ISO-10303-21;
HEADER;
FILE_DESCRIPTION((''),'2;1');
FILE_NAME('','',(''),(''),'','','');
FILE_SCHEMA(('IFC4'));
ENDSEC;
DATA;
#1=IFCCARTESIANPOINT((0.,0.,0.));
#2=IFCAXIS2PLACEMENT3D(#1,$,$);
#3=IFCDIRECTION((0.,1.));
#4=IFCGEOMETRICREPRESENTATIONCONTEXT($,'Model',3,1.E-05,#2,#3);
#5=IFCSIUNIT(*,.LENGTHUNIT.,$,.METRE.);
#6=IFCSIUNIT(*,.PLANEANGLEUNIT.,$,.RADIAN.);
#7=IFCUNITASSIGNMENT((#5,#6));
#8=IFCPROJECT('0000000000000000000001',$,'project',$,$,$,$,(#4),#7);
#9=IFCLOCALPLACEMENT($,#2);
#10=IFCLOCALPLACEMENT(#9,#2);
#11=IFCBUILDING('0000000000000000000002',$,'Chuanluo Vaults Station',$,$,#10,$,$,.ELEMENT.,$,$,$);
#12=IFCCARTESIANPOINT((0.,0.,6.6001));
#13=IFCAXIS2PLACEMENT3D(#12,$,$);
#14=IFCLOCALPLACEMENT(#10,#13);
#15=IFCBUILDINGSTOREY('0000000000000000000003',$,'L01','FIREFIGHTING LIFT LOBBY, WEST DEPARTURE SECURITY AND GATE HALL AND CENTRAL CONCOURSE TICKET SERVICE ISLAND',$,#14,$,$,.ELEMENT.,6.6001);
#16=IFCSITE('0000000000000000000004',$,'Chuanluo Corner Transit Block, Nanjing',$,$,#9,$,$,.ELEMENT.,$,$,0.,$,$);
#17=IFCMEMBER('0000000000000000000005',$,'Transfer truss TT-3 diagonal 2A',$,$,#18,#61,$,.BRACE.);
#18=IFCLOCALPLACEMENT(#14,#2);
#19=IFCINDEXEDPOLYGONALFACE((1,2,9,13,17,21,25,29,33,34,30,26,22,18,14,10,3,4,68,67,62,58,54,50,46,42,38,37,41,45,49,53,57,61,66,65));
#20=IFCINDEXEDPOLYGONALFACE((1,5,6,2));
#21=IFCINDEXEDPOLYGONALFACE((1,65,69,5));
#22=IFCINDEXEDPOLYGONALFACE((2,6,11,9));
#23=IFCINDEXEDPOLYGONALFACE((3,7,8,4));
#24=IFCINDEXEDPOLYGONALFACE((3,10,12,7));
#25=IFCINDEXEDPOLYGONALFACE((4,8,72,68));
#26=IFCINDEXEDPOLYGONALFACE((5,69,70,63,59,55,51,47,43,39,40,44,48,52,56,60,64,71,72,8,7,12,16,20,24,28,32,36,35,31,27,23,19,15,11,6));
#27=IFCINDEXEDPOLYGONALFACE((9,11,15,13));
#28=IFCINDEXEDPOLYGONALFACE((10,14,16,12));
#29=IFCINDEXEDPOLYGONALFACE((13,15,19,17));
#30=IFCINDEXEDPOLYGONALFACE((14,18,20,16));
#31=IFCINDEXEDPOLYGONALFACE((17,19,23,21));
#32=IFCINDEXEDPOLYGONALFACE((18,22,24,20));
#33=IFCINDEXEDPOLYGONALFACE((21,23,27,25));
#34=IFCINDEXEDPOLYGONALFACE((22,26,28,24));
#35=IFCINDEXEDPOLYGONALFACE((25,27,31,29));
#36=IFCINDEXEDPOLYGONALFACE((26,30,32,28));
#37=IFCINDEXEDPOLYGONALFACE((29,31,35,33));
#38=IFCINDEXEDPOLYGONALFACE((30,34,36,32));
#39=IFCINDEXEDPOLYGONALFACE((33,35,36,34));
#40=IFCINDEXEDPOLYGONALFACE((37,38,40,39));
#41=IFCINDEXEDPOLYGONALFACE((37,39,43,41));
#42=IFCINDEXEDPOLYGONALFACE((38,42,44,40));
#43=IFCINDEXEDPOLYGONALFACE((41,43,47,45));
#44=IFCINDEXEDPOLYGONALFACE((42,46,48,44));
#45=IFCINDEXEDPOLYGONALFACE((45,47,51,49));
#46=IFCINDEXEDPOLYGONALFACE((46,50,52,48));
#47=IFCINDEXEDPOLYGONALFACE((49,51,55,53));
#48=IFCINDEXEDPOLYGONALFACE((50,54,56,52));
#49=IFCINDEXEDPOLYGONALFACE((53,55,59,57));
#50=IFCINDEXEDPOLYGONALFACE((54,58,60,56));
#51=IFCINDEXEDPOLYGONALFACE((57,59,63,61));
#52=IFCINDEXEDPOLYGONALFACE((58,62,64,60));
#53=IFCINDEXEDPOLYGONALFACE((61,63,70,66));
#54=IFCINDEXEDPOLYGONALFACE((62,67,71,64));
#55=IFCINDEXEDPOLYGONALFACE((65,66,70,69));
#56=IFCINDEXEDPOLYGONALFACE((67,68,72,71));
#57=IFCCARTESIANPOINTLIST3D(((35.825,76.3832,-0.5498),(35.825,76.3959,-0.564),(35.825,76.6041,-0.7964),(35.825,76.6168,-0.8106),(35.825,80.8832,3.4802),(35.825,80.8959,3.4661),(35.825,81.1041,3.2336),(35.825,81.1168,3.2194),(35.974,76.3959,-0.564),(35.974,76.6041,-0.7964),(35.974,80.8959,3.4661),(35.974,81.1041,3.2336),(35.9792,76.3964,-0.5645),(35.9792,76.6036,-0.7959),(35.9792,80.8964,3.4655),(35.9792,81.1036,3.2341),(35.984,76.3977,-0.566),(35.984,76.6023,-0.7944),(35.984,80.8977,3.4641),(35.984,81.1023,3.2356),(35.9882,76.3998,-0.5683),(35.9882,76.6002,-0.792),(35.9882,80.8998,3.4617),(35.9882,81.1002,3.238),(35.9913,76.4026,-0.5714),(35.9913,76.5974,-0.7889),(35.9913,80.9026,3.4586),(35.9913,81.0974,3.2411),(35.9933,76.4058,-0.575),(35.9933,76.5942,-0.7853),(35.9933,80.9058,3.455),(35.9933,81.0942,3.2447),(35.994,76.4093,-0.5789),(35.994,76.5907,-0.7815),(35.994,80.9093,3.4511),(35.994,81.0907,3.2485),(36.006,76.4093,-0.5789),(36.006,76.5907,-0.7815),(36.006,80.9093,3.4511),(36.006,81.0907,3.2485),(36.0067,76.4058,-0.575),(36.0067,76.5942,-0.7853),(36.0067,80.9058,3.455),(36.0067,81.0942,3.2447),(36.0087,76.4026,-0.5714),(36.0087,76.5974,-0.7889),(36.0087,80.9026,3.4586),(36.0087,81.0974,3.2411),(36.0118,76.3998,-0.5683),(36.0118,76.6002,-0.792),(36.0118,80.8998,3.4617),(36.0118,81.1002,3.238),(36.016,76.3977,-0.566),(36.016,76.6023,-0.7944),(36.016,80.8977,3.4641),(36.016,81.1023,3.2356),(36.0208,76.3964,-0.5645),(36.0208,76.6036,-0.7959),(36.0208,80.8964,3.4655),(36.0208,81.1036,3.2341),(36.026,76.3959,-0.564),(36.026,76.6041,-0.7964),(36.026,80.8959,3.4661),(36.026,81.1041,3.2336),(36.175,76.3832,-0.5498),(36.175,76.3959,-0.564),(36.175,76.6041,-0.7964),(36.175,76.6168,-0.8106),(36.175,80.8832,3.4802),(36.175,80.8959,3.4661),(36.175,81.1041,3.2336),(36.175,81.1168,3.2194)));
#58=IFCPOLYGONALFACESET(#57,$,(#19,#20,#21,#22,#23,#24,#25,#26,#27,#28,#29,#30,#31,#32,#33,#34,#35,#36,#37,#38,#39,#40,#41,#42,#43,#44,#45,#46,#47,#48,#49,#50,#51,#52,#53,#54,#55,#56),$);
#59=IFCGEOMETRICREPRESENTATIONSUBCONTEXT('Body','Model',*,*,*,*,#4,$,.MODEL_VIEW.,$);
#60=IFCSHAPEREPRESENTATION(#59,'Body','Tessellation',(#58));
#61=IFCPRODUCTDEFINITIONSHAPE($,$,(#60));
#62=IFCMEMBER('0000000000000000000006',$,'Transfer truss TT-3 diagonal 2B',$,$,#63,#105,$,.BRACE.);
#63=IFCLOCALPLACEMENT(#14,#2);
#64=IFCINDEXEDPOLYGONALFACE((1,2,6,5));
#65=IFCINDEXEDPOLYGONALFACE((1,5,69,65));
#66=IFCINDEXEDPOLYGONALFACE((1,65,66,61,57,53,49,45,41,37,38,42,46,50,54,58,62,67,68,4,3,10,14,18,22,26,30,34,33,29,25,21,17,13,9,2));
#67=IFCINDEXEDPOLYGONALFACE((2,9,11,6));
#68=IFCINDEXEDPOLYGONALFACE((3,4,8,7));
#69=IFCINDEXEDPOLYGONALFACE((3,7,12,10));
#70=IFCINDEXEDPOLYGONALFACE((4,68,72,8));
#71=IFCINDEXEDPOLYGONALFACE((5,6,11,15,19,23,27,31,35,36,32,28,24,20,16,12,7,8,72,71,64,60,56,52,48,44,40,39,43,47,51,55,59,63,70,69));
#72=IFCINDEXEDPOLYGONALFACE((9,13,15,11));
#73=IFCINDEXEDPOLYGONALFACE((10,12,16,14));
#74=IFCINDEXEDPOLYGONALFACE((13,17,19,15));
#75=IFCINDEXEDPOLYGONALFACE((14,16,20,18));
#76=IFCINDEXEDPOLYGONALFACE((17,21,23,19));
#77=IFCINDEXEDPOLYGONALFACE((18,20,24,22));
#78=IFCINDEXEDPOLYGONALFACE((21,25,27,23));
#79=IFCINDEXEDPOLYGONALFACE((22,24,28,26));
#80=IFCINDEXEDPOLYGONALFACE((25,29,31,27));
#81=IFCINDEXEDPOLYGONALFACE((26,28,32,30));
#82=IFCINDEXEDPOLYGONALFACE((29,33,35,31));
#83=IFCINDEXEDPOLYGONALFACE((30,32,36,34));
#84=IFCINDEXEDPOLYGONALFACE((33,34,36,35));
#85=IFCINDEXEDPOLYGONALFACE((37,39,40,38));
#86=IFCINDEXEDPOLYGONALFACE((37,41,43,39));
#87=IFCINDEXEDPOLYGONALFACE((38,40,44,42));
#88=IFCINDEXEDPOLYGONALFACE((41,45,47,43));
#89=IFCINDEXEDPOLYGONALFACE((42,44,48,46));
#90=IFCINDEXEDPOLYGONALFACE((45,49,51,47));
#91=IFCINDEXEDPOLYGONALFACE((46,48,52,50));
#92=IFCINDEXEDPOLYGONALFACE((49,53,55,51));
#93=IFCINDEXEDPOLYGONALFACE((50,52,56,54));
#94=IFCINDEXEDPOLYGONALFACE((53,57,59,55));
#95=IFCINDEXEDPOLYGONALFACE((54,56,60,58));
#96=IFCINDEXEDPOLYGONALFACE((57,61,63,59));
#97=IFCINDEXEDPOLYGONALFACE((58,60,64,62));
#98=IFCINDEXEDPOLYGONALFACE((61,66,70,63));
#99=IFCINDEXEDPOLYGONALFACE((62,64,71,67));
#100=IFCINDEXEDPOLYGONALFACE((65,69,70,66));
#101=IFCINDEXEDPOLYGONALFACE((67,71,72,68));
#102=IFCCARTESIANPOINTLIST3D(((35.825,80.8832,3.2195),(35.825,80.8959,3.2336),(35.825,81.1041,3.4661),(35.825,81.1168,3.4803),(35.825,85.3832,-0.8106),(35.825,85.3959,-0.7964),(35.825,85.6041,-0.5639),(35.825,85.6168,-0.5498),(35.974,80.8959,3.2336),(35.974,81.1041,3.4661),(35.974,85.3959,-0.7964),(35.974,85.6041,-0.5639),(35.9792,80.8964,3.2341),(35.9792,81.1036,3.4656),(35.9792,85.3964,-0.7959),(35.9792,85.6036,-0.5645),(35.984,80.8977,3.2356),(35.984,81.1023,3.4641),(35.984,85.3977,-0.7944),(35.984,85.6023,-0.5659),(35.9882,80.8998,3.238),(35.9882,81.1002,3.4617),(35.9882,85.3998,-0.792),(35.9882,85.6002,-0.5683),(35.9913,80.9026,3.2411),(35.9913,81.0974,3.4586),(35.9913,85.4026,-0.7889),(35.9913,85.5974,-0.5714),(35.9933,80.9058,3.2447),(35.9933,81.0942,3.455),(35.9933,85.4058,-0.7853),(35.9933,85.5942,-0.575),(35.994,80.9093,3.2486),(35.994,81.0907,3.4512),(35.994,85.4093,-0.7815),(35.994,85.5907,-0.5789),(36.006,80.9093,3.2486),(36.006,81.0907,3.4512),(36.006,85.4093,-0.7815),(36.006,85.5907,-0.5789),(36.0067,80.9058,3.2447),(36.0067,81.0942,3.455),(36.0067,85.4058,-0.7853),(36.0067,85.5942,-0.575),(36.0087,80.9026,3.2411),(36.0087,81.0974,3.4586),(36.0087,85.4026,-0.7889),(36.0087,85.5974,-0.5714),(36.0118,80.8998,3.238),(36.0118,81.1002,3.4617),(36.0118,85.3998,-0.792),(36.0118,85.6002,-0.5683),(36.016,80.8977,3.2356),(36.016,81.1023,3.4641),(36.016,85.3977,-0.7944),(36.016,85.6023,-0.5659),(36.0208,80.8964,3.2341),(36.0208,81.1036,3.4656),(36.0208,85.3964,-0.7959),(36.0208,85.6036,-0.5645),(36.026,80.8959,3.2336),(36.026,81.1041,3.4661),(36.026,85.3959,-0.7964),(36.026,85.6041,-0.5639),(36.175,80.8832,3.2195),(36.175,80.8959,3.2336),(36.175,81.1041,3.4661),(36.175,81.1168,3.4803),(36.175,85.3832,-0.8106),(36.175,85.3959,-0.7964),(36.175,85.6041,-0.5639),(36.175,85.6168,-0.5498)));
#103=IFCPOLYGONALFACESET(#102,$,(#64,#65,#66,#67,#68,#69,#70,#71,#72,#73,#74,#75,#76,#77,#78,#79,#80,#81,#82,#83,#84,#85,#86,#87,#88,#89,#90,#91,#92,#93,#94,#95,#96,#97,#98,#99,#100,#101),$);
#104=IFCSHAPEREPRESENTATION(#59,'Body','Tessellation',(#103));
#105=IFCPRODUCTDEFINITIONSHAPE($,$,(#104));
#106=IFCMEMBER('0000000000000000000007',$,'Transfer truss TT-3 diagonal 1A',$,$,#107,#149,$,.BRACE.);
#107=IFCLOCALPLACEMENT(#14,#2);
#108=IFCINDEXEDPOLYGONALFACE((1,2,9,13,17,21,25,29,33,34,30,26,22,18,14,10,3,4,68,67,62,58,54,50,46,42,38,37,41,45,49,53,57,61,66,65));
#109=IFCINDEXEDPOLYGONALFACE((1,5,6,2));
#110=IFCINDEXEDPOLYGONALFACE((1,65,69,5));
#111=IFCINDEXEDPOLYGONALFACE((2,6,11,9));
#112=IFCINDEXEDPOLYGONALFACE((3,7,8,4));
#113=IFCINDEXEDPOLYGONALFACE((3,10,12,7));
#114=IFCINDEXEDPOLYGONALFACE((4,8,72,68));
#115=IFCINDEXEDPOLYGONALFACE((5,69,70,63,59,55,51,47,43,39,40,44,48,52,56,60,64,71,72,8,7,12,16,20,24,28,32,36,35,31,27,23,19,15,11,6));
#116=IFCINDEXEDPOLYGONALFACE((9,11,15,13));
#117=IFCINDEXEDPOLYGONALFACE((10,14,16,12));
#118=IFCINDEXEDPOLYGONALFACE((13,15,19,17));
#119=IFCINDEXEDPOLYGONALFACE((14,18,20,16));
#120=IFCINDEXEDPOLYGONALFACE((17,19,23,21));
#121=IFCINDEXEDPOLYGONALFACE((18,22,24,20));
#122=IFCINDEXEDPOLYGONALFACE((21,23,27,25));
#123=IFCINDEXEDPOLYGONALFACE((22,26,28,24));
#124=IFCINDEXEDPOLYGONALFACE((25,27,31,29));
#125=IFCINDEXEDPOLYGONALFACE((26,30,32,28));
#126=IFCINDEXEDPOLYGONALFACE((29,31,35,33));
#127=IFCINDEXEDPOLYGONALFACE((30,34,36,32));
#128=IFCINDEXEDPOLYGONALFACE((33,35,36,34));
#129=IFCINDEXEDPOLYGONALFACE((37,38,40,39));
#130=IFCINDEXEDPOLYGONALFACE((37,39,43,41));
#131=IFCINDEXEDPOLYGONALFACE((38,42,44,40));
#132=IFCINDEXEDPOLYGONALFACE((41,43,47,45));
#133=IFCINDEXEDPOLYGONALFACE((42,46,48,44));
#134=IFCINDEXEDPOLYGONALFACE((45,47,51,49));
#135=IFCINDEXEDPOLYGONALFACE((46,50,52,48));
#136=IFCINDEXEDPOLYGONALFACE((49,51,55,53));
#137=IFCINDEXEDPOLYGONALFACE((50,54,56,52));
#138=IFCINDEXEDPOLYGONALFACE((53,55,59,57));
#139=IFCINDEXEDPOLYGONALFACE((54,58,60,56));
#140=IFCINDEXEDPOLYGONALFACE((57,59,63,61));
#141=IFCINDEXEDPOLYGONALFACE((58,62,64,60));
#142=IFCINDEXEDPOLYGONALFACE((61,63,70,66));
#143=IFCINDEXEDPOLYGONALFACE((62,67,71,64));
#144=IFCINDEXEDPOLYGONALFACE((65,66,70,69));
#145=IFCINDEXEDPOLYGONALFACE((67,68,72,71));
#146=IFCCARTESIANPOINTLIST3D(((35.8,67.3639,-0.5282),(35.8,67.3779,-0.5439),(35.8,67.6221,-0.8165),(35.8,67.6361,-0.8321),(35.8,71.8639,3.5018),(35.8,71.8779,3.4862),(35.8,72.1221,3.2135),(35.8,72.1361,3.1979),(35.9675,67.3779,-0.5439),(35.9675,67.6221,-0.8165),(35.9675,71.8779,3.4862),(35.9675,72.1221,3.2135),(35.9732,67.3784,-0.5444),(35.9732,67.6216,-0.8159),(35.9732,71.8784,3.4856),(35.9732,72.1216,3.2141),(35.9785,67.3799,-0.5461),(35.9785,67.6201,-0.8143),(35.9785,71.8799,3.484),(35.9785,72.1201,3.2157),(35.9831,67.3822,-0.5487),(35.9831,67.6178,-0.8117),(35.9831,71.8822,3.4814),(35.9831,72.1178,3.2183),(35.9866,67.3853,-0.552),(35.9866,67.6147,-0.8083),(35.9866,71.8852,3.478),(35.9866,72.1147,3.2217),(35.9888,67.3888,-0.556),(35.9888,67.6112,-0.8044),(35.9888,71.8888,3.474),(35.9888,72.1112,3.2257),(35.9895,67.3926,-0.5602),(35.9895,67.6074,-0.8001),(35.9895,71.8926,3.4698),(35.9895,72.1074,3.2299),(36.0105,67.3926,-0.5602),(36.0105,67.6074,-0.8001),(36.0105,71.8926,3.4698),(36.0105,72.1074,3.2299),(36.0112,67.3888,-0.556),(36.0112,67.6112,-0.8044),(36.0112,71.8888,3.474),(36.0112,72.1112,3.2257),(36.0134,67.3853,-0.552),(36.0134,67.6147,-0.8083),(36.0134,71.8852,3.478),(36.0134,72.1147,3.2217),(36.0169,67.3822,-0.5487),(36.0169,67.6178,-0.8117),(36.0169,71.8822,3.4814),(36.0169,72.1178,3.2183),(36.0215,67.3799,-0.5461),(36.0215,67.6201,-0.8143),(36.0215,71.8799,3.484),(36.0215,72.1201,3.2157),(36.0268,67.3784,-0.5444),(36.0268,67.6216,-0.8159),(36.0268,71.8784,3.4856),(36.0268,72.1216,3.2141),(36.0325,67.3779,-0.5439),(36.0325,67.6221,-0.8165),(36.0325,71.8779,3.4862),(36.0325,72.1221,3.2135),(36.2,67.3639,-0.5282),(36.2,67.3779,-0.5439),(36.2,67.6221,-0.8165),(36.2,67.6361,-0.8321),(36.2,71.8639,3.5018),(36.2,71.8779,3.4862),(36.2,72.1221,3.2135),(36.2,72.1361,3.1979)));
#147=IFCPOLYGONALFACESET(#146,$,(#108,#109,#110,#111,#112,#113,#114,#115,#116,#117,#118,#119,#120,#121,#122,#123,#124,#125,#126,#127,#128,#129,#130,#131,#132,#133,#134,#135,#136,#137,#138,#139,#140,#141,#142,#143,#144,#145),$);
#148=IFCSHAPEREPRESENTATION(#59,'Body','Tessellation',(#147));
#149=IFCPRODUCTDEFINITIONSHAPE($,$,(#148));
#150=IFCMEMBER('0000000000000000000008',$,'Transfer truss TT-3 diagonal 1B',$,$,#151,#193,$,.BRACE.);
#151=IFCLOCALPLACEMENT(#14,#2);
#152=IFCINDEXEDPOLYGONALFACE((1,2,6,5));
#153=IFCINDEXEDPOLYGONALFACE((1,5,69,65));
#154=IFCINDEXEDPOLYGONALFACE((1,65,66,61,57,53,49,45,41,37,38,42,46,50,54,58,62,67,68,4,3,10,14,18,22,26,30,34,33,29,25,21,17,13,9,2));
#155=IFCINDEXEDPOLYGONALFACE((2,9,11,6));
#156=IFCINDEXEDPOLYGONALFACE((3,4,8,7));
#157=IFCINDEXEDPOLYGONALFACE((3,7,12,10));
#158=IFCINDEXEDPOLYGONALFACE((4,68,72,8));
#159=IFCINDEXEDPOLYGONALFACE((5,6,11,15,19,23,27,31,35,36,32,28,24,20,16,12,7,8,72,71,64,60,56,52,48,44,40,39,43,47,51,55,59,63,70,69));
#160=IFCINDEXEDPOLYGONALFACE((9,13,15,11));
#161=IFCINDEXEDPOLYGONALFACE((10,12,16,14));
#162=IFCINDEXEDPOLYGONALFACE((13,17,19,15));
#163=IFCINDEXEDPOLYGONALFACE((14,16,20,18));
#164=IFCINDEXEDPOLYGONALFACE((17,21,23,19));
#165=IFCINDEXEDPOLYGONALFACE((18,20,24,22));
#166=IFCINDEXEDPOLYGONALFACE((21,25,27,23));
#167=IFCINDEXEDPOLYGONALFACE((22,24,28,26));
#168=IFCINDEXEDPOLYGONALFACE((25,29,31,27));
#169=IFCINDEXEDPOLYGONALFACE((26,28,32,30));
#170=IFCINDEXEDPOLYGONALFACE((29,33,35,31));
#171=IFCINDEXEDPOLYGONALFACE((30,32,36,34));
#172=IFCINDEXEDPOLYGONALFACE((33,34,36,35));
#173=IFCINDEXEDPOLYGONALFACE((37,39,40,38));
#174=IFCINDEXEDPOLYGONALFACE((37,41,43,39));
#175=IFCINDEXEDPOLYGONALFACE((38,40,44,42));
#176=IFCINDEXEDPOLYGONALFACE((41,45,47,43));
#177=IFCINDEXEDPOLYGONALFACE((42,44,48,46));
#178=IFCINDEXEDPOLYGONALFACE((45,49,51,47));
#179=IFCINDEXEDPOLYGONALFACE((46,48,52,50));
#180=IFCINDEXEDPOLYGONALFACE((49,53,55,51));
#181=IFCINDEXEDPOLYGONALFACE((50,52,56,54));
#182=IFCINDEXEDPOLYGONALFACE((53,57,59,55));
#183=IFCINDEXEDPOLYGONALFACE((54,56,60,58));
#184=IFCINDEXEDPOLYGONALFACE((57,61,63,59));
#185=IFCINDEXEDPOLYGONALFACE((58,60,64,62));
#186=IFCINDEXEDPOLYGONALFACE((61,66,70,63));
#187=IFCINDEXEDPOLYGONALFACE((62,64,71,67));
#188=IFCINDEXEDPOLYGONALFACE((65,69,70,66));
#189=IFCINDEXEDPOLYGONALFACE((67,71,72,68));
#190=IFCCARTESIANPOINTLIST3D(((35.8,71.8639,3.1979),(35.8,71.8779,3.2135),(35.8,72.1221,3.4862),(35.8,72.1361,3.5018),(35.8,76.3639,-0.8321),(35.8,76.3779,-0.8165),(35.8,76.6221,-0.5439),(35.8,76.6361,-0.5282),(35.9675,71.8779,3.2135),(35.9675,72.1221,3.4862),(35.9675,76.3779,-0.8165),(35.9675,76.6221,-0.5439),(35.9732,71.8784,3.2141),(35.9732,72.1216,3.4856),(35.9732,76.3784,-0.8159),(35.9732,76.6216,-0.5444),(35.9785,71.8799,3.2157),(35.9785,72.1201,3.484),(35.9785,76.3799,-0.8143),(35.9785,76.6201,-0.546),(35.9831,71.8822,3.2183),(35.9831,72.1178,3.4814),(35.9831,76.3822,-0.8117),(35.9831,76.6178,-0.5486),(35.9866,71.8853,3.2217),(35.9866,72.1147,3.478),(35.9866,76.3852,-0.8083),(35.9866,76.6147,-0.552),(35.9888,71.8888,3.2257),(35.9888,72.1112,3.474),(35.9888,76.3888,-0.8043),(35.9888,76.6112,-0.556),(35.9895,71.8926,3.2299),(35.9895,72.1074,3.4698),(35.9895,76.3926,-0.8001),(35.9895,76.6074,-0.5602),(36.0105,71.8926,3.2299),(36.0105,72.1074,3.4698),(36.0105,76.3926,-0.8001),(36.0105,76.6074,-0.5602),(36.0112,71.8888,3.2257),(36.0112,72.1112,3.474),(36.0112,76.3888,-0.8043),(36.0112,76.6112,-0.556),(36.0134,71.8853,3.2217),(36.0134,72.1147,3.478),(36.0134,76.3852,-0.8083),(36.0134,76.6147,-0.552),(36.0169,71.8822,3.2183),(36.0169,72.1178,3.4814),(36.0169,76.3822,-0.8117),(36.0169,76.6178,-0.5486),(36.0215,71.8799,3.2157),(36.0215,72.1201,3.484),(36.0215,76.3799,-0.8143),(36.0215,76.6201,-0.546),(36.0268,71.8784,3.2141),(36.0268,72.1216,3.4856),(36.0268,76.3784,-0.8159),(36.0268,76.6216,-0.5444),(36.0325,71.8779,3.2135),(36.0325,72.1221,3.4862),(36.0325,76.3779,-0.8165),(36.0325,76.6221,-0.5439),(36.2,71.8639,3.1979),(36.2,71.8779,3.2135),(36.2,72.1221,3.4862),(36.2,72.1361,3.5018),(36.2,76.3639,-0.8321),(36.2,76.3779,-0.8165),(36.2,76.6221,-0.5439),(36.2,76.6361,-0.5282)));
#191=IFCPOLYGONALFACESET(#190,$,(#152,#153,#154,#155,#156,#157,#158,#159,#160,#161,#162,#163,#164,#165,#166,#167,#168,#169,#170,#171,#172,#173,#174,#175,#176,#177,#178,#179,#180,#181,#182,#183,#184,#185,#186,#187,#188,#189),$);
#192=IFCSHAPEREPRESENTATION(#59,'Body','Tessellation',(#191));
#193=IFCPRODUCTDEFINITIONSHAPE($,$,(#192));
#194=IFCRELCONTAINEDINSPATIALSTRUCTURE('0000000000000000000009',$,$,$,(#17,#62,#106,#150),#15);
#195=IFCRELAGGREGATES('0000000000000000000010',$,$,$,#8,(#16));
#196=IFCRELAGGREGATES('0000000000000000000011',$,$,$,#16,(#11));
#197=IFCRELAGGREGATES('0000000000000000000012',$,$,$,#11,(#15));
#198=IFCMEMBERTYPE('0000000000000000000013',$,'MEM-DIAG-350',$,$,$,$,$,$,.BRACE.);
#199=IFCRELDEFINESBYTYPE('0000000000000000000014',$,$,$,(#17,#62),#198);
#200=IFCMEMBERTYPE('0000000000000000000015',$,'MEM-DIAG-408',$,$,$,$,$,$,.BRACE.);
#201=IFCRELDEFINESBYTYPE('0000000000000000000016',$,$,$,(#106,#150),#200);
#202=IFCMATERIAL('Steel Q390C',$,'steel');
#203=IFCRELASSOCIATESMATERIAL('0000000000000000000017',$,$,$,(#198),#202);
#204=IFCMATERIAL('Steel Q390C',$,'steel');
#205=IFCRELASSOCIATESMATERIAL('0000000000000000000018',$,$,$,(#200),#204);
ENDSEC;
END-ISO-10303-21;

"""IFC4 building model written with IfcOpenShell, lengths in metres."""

from ifc_helpers import new_model, si_unit, direction, frame, origin, origin_2d, place, context, subcontext, project, spatial, i_section, extrude, material, material_profile, profile_set, type_object, element, save


model = new_model("IFC4")

# Units and contexts
model_context = context("Model", 3, precision=1e-05, world=origin(), true_north=direction((0.0, 1.0)))
body_context = subcontext(model_context, "Body", "Model", "MODEL_VIEW")
ifc_project = project(units=[si_unit("LENGTHUNIT", "METRE"), si_unit("PLANEANGLEUNIT", "RADIAN")], contexts=[model_context])

# Site, building, storey
site_placement = place(None, origin())
site = spatial("IfcSite", under=ifc_project, at=site_placement, Name="Chuanluo Corner Transit Block, Nanjing", CompositionType="ELEMENT", RefElevation=0.0)
building_placement = place(site_placement, origin())
building = spatial("IfcBuilding", under=site, at=building_placement, Name="Chuanluo Vaults Station", CompositionType="ELEMENT")
storey_placement = place(building_placement, frame((0.0, 0.0, 6.6001)))
storey = spatial("IfcBuildingStorey", under=building, at=storey_placement, Name="L01", Description="FIREFIGHTING LIFT LOBBY, WEST DEPARTURE SECURITY AND GATE HALL AND CENTRAL CONCOURSE TICKET SERVICE ISLAND", CompositionType="ELEMENT", Elevation=6.6001)

# Members
ifc_material_1 = material(Name="Steel Q390C", Category="steel")
ifc_material_profile_1 = material_profile(ifc_material_1, i_section(OverallWidth=0.3501, OverallDepth=0.3501, WebThickness=0.012, FlangeThickness=0.019, FilletRadius=0.02, at=origin_2d()))
ifc_profile_set_1 = profile_set([ifc_material_profile_1], Name="Steel Q390C")
member_type_1 = type_object("IfcMemberType", Name="MEM-DIAG-350", PredefinedType="BRACE", material=ifc_profile_set_1)
for number, where, z_axis, x_axis, name in (
    (1, (36.0, 76.5, -0.6802), (0.0, 0.744936, 0.667136), (-1.0, 0.0, 0.0), "Transfer truss TT-3 diagonal 2A"),
    (2, (36.0, 81.0, 3.3499), (0.0, 0.744936, -0.667136), (-1.0, 0.0, 0.0), "Transfer truss TT-3 diagonal 2B"),
):
    element("IfcMember", number, at=place(storey_placement, frame(where, z_axis=z_axis, x_axis=x_axis)), inside=storey, type_object=member_type_1, Name=name, PredefinedType="BRACE", context=body_context, shape_type="SweptSolid", body=[
        extrude(i_section(OverallWidth=0.3501, OverallDepth=0.3501, WebThickness=0.012, FlangeThickness=0.019, FilletRadius=0.02, at=origin_2d()), origin(), (0.0, 0.0, 1.0), 6.0408),
    ])
ifc_material_2 = material(Name="Steel Q390C", Category="steel")
ifc_material_profile_2 = material_profile(ifc_material_2, i_section(OverallWidth=0.3999, OverallDepth=0.408, WebThickness=0.021, FlangeThickness=0.021, FilletRadius=0.022, at=origin_2d()))
ifc_profile_set_2 = profile_set([ifc_material_profile_2], Name="Steel Q390C")
member_type_2 = type_object("IfcMemberType", Name="MEM-DIAG-408", PredefinedType="BRACE", material=ifc_profile_set_2)
for number, where, z_axis, x_axis, name in (
    (3, (36.0, 67.5, -0.6802), (0.0, 0.744936, 0.667136), (-1.0, 0.0, 0.0), "Transfer truss TT-3 diagonal 1A"),
    (4, (36.0, 72.0, 3.3499), (0.0, 0.744936, -0.667136), (-1.0, 0.0, 0.0), "Transfer truss TT-3 diagonal 1B"),
):
    element("IfcMember", number, at=place(storey_placement, frame(where, z_axis=z_axis, x_axis=x_axis)), inside=storey, type_object=member_type_2, Name=name, PredefinedType="BRACE", context=body_context, shape_type="SweptSolid", body=[
        extrude(i_section(OverallWidth=0.3999, OverallDepth=0.408, WebThickness=0.021, FlangeThickness=0.021, FilletRadius=0.022, at=origin_2d()), origin(), (0.0, 0.0, 1.0), 6.0408),
    ])

save(model, "model.ifc")
